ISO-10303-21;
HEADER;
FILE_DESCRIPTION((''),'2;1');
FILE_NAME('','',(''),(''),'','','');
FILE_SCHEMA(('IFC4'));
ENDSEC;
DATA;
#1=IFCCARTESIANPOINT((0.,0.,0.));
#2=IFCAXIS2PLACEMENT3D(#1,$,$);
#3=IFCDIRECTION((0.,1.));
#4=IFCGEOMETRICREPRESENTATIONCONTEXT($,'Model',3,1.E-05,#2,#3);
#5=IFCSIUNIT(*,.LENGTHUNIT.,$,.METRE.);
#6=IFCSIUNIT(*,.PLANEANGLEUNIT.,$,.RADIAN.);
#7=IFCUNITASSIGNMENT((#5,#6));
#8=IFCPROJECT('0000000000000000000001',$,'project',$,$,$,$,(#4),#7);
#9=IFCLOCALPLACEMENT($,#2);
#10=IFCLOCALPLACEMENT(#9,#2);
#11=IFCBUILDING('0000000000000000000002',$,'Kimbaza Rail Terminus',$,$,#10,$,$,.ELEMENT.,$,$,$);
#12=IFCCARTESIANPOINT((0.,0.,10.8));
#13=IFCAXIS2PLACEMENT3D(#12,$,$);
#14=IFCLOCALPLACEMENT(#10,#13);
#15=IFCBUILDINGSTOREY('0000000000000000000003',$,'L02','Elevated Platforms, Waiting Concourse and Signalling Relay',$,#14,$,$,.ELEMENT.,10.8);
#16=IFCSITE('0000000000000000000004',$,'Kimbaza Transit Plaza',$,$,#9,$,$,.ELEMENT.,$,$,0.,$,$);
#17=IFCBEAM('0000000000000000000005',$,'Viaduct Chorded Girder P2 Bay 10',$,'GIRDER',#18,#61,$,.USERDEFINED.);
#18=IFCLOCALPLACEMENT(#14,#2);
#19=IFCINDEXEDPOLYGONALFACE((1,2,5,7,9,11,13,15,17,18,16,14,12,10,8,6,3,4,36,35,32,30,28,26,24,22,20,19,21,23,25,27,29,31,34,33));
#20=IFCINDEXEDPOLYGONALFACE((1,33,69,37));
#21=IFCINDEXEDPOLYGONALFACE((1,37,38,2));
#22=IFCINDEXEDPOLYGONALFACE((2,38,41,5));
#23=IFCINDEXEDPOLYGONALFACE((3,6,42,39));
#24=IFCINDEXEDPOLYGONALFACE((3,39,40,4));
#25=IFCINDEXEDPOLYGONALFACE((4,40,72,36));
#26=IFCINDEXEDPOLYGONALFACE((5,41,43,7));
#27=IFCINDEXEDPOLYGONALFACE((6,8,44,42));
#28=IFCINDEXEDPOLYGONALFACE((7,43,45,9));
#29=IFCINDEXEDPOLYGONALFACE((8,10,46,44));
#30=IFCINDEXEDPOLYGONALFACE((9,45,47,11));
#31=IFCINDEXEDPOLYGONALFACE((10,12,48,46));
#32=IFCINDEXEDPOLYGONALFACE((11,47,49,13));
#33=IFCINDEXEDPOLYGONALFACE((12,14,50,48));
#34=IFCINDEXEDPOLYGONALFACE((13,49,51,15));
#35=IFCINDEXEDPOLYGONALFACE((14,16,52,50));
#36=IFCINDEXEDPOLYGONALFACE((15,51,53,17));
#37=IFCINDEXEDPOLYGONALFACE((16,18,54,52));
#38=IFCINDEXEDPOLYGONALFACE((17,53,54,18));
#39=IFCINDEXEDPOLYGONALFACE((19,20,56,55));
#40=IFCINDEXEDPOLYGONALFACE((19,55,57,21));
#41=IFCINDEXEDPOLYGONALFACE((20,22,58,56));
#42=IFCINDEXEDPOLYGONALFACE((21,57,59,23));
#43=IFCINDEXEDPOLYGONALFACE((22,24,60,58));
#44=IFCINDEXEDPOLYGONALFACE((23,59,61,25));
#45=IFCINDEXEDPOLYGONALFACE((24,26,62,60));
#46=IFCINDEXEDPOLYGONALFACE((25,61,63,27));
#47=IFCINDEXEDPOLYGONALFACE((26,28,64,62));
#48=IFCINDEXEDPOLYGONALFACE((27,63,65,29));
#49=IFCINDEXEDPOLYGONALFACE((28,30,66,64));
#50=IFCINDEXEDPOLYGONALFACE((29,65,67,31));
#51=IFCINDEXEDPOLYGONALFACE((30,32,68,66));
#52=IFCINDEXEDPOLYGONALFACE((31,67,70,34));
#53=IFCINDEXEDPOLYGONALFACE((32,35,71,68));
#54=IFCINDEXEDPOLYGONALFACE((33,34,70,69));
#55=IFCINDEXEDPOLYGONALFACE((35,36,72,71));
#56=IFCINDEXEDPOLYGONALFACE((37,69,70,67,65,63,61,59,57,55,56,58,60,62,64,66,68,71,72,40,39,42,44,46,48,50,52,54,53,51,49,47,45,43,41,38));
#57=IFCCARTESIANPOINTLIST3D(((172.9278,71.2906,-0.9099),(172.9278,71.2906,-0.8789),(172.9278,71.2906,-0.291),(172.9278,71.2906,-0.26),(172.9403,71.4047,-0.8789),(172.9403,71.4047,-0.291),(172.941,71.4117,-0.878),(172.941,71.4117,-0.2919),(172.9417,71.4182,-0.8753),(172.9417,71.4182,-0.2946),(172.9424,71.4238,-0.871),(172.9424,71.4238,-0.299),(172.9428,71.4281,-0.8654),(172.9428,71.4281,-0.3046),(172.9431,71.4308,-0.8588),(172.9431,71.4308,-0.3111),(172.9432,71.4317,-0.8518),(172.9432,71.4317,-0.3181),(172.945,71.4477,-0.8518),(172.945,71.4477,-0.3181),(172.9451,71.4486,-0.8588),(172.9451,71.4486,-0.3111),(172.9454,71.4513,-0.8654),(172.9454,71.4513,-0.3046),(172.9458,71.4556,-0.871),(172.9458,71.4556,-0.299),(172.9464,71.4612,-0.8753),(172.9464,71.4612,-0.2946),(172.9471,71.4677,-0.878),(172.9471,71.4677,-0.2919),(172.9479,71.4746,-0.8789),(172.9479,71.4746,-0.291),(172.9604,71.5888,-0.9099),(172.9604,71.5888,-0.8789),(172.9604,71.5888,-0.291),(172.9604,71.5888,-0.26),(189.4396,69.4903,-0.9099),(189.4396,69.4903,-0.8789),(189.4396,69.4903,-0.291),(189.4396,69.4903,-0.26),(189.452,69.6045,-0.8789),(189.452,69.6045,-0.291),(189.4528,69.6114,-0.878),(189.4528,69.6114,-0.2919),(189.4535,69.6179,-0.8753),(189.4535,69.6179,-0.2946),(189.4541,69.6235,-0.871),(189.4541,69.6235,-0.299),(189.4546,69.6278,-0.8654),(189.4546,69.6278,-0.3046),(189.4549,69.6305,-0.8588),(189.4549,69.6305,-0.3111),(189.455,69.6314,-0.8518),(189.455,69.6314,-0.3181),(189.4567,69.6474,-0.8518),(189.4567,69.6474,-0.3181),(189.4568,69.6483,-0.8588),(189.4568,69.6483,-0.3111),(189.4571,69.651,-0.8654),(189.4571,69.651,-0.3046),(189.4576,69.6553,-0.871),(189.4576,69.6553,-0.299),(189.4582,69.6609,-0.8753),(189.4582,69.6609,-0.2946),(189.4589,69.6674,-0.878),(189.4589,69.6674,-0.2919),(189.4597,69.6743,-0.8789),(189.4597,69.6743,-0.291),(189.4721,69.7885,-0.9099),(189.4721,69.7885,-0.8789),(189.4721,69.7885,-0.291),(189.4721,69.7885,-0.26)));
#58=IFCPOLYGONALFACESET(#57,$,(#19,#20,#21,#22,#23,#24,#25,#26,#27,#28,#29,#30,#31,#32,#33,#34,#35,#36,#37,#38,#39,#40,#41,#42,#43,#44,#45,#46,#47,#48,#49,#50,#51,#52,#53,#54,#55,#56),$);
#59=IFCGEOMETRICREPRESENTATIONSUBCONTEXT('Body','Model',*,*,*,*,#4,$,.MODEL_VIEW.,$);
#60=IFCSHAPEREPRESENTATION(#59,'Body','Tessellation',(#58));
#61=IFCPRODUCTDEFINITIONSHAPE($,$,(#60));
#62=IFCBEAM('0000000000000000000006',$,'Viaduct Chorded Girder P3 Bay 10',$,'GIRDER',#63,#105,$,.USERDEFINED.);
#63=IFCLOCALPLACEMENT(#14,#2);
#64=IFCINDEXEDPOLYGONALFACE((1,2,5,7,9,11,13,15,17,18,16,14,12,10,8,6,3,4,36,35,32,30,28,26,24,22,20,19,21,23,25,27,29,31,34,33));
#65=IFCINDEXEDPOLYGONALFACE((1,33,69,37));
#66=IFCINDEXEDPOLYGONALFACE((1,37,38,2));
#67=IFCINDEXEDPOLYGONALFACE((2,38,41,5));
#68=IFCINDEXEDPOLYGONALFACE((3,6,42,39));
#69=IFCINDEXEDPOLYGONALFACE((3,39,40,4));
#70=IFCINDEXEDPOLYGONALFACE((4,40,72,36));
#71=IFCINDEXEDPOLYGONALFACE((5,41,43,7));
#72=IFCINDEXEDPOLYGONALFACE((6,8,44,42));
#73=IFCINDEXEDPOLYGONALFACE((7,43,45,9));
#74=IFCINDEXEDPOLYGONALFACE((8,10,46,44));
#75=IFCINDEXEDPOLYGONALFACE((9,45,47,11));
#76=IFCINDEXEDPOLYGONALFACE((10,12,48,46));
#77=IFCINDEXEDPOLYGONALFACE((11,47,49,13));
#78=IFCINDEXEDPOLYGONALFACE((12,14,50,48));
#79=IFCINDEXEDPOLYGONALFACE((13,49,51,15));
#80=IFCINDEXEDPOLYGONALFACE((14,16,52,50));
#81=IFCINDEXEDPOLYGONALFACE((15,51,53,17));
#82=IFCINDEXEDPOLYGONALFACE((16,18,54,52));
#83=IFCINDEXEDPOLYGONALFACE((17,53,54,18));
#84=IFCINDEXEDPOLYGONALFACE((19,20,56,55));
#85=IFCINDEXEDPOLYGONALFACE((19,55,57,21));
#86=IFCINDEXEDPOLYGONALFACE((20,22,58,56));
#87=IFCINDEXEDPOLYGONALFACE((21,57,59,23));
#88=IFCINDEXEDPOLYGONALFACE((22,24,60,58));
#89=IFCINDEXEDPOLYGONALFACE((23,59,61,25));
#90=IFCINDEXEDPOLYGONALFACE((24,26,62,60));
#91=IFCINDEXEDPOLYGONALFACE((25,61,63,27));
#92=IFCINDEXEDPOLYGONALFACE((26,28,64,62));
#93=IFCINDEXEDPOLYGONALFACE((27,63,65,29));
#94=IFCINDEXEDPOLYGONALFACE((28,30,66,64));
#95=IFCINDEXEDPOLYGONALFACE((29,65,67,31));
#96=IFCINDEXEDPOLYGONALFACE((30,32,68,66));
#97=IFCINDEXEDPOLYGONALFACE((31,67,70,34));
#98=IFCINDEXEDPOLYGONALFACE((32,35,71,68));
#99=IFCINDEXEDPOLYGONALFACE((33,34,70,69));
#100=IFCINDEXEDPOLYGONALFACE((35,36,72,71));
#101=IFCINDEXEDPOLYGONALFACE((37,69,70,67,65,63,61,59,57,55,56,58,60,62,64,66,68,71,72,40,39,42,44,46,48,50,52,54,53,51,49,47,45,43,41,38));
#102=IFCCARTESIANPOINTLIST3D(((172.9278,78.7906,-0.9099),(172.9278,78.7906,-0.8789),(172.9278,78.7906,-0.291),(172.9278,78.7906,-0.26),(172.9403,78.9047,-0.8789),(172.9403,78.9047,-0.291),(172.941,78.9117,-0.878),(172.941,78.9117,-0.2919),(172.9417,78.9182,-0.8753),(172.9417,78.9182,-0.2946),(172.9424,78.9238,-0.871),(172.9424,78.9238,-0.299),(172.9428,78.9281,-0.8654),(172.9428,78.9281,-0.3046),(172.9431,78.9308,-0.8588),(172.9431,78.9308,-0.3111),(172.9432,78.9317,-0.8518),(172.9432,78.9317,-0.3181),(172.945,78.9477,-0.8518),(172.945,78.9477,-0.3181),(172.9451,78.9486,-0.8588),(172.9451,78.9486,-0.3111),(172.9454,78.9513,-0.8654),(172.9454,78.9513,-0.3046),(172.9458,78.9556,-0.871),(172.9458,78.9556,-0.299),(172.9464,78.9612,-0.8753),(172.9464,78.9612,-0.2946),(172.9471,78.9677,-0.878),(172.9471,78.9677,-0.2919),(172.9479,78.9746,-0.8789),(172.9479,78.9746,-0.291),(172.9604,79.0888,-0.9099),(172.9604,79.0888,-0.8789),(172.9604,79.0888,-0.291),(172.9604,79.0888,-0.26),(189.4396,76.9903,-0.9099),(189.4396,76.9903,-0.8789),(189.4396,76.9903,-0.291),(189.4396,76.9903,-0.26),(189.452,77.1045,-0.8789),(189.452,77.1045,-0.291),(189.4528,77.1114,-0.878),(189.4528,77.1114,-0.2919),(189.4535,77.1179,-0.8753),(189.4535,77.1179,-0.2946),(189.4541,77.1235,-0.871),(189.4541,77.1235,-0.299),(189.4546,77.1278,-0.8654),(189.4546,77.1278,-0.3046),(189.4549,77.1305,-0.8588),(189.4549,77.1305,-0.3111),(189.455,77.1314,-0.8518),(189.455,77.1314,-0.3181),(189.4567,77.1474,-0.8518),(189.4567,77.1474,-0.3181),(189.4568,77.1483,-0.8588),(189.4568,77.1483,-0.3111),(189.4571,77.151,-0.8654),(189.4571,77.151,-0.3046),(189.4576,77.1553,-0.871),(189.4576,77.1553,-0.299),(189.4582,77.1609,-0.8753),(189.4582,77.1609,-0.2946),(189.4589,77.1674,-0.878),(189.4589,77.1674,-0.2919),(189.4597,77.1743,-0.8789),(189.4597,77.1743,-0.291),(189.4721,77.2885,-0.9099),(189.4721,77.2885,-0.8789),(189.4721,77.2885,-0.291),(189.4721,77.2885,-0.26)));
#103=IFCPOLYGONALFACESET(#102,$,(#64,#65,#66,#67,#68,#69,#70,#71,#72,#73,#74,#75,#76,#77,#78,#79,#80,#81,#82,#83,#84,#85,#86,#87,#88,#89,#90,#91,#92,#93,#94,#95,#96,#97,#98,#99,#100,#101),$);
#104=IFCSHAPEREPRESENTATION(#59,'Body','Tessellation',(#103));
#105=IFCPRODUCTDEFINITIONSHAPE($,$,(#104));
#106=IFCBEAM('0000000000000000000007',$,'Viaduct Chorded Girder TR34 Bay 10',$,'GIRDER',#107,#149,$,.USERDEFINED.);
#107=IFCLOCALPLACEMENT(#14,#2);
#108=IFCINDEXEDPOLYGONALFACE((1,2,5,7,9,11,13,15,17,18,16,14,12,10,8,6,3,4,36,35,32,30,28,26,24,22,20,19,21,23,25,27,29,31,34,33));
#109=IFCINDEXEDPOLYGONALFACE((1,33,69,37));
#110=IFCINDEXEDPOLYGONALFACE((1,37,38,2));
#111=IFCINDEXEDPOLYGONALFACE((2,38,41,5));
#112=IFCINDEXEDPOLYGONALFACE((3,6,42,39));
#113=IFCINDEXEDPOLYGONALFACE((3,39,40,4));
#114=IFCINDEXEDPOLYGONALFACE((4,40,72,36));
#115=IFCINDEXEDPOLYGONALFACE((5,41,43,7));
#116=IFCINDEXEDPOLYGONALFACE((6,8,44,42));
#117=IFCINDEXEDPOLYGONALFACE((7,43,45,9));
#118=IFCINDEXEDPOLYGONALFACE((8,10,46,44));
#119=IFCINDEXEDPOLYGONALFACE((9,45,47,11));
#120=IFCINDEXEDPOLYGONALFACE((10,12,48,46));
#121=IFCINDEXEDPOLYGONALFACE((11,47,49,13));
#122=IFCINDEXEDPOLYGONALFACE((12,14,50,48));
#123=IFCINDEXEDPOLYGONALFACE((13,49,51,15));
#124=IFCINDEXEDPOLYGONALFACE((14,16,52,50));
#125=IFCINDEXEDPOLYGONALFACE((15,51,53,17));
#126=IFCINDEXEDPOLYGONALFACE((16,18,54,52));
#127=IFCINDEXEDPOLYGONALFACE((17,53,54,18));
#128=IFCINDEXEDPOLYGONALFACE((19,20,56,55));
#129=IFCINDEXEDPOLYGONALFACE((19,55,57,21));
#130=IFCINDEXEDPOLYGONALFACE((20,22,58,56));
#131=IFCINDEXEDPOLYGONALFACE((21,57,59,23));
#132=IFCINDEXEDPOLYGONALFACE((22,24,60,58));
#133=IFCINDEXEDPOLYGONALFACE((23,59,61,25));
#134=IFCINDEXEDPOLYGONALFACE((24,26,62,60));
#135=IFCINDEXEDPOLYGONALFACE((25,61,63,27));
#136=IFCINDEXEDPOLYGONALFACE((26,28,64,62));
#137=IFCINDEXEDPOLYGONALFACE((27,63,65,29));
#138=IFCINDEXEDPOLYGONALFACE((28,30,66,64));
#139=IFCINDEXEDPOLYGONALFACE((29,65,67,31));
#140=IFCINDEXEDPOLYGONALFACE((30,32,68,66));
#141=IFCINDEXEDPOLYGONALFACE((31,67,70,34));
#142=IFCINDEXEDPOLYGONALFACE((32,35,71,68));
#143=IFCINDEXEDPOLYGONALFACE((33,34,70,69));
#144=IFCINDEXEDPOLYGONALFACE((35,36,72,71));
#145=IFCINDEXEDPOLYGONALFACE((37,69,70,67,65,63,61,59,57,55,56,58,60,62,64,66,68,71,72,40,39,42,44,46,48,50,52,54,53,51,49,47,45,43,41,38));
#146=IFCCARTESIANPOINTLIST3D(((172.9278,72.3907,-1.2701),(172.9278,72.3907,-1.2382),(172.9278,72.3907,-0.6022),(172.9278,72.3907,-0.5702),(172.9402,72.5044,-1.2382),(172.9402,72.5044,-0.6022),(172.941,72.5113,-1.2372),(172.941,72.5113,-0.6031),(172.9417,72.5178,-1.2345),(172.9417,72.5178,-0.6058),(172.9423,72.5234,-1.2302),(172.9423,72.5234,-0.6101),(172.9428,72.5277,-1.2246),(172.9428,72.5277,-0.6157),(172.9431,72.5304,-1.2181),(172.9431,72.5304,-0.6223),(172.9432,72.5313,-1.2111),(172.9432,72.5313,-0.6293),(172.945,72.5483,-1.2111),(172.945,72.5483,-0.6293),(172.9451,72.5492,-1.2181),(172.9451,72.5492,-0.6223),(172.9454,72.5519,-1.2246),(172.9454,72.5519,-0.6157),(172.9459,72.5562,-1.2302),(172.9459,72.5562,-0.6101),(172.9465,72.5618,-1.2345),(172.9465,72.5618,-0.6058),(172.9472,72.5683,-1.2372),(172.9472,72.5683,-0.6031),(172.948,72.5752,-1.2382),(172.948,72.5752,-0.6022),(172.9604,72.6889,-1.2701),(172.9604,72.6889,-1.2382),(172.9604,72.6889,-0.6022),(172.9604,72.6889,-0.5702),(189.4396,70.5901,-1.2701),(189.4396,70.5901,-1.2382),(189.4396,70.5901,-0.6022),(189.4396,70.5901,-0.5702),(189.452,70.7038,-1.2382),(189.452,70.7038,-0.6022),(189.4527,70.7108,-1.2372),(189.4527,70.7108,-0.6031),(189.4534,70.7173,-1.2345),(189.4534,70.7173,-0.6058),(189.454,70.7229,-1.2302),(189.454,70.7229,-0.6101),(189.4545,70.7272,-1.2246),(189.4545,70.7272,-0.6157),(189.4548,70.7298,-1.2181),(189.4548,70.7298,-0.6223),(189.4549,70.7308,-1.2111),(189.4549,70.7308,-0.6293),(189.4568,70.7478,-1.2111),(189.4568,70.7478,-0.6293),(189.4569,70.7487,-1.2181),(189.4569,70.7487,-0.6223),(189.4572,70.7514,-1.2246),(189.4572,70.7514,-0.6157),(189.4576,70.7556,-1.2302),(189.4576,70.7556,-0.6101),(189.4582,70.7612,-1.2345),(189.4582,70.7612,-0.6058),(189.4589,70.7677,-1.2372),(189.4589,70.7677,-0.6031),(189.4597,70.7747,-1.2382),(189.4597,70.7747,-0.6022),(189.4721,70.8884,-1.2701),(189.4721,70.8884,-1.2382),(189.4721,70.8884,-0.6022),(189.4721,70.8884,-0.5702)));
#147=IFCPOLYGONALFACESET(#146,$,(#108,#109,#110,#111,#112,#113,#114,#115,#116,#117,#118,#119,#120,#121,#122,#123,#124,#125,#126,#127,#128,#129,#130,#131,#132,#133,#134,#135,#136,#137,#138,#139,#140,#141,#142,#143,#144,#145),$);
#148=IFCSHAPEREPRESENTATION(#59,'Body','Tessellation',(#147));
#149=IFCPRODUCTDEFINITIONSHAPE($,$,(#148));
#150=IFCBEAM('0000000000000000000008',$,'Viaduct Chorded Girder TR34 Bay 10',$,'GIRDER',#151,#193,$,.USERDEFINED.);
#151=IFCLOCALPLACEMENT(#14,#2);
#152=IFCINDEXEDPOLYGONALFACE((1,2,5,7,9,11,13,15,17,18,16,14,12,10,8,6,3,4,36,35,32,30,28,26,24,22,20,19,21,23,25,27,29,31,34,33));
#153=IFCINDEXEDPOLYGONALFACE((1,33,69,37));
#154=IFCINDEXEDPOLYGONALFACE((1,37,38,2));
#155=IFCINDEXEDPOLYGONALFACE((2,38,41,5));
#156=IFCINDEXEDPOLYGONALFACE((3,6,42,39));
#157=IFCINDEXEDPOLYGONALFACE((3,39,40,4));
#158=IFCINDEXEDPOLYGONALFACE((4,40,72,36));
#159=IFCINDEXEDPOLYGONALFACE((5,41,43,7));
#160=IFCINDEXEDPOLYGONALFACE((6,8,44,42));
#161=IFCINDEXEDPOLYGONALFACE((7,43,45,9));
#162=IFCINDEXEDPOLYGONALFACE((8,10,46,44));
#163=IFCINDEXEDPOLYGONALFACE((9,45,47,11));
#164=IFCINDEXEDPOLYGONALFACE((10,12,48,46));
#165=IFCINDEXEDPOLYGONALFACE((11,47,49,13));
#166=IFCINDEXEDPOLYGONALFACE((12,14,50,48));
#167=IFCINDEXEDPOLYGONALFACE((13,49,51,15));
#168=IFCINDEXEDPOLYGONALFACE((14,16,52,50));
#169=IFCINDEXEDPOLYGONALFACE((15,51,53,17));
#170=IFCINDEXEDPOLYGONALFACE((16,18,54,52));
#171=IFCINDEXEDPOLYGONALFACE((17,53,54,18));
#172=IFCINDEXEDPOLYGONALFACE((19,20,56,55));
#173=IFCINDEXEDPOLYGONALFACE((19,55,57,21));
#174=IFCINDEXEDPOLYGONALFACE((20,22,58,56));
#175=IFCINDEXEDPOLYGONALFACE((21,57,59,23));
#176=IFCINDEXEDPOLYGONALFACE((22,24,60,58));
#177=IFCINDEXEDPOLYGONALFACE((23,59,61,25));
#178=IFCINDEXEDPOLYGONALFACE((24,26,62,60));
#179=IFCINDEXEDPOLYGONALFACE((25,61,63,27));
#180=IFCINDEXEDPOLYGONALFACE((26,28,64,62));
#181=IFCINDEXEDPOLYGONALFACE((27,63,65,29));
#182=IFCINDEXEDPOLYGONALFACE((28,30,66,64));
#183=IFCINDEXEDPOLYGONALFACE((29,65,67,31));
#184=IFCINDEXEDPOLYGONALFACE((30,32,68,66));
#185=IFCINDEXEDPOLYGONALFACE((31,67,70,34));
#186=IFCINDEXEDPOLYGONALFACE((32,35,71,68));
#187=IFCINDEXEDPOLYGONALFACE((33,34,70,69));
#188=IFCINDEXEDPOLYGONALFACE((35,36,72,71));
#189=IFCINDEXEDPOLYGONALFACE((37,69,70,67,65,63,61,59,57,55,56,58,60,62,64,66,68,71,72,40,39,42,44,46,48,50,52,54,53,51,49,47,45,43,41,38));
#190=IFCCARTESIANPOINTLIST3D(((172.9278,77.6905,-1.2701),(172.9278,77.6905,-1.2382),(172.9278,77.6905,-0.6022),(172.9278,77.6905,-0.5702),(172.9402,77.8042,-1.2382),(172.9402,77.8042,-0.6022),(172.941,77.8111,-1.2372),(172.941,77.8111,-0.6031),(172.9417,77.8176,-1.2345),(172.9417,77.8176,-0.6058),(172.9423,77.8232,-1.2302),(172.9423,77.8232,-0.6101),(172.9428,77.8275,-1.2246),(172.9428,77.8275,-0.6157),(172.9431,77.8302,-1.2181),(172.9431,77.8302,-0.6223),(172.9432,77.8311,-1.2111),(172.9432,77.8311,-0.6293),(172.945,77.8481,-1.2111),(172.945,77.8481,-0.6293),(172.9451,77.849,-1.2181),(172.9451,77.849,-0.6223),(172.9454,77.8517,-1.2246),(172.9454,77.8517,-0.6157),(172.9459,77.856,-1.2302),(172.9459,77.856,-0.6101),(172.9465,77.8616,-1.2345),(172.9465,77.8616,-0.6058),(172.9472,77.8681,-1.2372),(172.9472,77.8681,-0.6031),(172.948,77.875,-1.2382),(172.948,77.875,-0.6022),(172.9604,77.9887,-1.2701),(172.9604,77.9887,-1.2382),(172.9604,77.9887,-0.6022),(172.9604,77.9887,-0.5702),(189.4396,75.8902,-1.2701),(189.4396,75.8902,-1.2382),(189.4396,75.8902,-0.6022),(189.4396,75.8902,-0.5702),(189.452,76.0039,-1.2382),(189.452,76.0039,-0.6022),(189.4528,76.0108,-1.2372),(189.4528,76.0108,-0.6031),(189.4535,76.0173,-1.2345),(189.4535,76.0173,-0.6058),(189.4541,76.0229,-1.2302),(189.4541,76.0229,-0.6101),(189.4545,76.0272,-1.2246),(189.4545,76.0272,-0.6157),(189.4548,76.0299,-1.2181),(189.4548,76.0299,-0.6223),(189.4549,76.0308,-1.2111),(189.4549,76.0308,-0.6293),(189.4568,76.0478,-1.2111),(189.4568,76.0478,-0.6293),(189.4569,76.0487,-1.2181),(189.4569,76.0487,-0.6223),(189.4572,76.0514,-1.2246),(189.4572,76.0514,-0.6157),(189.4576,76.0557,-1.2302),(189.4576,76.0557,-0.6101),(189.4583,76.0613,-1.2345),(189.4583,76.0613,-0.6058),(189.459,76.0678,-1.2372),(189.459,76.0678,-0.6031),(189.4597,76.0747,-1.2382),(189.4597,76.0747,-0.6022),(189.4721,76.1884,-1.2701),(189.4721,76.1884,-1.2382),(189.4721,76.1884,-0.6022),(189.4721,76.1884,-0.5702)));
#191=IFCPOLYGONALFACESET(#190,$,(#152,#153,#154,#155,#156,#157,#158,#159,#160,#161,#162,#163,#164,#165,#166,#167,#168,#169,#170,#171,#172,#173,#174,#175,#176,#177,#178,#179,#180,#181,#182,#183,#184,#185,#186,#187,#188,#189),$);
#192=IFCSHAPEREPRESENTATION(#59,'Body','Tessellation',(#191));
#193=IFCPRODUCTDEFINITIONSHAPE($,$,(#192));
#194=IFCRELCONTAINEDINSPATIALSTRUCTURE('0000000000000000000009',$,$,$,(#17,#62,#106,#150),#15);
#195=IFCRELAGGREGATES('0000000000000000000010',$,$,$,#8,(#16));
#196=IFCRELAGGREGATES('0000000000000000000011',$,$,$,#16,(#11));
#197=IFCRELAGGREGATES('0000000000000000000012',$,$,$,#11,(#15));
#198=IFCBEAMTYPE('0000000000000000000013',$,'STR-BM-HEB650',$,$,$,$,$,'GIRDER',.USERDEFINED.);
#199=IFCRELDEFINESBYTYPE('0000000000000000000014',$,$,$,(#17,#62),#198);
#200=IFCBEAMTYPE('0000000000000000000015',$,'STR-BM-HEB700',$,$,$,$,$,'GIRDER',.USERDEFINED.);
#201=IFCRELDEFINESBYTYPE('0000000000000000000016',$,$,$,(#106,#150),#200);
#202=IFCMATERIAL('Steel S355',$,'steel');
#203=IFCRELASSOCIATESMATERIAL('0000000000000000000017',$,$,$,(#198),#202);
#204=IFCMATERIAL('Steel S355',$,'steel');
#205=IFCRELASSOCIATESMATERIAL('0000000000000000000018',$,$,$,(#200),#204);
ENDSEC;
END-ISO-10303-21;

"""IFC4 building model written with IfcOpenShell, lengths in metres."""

from ifc_helpers import new_model, si_unit, direction, frame, origin, origin_2d, place, context, subcontext, project, spatial, i_section, extrude, material, material_profile, profile_set, type_object, element, save


model = new_model("IFC4")

# Units and contexts
model_context = context("Model", 3, precision=1e-05, world=origin(), true_north=direction((0.0, 1.0)))
body_context = subcontext(model_context, "Body", "Model", "MODEL_VIEW")
ifc_project = project(units=[si_unit("LENGTHUNIT", "METRE"), si_unit("PLANEANGLEUNIT", "RADIAN")], contexts=[model_context])

# Site, building, storey
site_placement = place(None, origin())
site = spatial("IfcSite", under=ifc_project, at=site_placement, Name="Kimbaza Transit Plaza", CompositionType="ELEMENT", RefElevation=0.0)
building_placement = place(site_placement, origin())
building = spatial("IfcBuilding", under=site, at=building_placement, Name="Kimbaza Rail Terminus", CompositionType="ELEMENT")
storey_placement = place(building_placement, frame((0.0, 0.0, 10.8)))
storey = spatial("IfcBuildingStorey", under=building, at=storey_placement, Name="L02", Description="Elevated Platforms, Waiting Concourse and Signalling Relay", CompositionType="ELEMENT", Elevation=10.8)

# Beams
ifc_material_1 = material(Name="Steel S355", Category="steel")
ifc_material_profile_1 = material_profile(ifc_material_1, i_section(OverallWidth=0.3, OverallDepth=0.6499, WebThickness=0.0161, FlangeThickness=0.031, FilletRadius=0.0271, at=origin_2d()), Name="HEB 650")
ifc_profile_set_1 = profile_set([ifc_material_profile_1], Name="Steel S355")
beam_type_1 = type_object("IfcBeamType", Name="STR-BM-HEB650", ElementType="GIRDER", PredefinedType="USERDEFINED", material=ifc_profile_set_1)
for number, where, z_axis, x_axis, name in (
    (1, (172.9441, 71.4397, -0.585), (0.994109, -0.108389, 0.0), (0.108389, 0.994109, 0.0), "Viaduct Chorded Girder P2 Bay 10"),
    (2, (172.9441, 78.9397, -0.585), (0.994109, -0.108389, 0.0), (0.108389, 0.994109, 0.0), "Viaduct Chorded Girder P3 Bay 10"),
):
    element("IfcBeam", number, at=place(storey_placement, frame(where, z_axis=z_axis, x_axis=x_axis)), inside=storey, type_object=beam_type_1, Name=name, ObjectType="GIRDER", PredefinedType="USERDEFINED", context=body_context, shape_type="SweptSolid", body=[
        extrude(i_section(OverallWidth=0.3, OverallDepth=0.6499, WebThickness=0.0161, FlangeThickness=0.031, FilletRadius=0.0271, at=origin_2d()), origin(), (0.0, 0.0, 1.0), 16.6096),
    ])
ifc_material_2 = material(Name="Steel S355", Category="steel")
ifc_material_profile_2 = material_profile(ifc_material_2, i_section(OverallWidth=0.3, OverallDepth=0.7, WebThickness=0.0171, FlangeThickness=0.032, FilletRadius=0.0271, at=origin_2d()), Name="HEB 700")
ifc_profile_set_2 = profile_set([ifc_material_profile_2], Name="Steel S355")
beam_type_2 = type_object("IfcBeamType", Name="STR-BM-HEB700", ElementType="GIRDER", PredefinedType="USERDEFINED", material=ifc_profile_set_2)
for number, where, z_axis, x_axis, name in (
    (3, (172.9441, 72.5398, -0.9202), (0.994107, -0.108403, 0.0), (0.108403, 0.994107, 0.0), "Viaduct Chorded Girder TR34 Bay 10"),
    (4, (172.9441, 77.8396, -0.9202), (0.994109, -0.108389, 0.0), (0.108389, 0.994109, 0.0), "Viaduct Chorded Girder TR34 Bay 10"),
):
    element("IfcBeam", number, at=place(storey_placement, frame(where, z_axis=z_axis, x_axis=x_axis)), inside=storey, type_object=beam_type_2, Name=name, ObjectType="GIRDER", PredefinedType="USERDEFINED", context=body_context, shape_type="SweptSolid", body=[
        extrude(i_section(OverallWidth=0.3, OverallDepth=0.7, WebThickness=0.0171, FlangeThickness=0.032, FilletRadius=0.0271, at=origin_2d()), origin(), (0.0, 0.0, 1.0), 16.6096),
    ])

save(model, "model.ifc")
